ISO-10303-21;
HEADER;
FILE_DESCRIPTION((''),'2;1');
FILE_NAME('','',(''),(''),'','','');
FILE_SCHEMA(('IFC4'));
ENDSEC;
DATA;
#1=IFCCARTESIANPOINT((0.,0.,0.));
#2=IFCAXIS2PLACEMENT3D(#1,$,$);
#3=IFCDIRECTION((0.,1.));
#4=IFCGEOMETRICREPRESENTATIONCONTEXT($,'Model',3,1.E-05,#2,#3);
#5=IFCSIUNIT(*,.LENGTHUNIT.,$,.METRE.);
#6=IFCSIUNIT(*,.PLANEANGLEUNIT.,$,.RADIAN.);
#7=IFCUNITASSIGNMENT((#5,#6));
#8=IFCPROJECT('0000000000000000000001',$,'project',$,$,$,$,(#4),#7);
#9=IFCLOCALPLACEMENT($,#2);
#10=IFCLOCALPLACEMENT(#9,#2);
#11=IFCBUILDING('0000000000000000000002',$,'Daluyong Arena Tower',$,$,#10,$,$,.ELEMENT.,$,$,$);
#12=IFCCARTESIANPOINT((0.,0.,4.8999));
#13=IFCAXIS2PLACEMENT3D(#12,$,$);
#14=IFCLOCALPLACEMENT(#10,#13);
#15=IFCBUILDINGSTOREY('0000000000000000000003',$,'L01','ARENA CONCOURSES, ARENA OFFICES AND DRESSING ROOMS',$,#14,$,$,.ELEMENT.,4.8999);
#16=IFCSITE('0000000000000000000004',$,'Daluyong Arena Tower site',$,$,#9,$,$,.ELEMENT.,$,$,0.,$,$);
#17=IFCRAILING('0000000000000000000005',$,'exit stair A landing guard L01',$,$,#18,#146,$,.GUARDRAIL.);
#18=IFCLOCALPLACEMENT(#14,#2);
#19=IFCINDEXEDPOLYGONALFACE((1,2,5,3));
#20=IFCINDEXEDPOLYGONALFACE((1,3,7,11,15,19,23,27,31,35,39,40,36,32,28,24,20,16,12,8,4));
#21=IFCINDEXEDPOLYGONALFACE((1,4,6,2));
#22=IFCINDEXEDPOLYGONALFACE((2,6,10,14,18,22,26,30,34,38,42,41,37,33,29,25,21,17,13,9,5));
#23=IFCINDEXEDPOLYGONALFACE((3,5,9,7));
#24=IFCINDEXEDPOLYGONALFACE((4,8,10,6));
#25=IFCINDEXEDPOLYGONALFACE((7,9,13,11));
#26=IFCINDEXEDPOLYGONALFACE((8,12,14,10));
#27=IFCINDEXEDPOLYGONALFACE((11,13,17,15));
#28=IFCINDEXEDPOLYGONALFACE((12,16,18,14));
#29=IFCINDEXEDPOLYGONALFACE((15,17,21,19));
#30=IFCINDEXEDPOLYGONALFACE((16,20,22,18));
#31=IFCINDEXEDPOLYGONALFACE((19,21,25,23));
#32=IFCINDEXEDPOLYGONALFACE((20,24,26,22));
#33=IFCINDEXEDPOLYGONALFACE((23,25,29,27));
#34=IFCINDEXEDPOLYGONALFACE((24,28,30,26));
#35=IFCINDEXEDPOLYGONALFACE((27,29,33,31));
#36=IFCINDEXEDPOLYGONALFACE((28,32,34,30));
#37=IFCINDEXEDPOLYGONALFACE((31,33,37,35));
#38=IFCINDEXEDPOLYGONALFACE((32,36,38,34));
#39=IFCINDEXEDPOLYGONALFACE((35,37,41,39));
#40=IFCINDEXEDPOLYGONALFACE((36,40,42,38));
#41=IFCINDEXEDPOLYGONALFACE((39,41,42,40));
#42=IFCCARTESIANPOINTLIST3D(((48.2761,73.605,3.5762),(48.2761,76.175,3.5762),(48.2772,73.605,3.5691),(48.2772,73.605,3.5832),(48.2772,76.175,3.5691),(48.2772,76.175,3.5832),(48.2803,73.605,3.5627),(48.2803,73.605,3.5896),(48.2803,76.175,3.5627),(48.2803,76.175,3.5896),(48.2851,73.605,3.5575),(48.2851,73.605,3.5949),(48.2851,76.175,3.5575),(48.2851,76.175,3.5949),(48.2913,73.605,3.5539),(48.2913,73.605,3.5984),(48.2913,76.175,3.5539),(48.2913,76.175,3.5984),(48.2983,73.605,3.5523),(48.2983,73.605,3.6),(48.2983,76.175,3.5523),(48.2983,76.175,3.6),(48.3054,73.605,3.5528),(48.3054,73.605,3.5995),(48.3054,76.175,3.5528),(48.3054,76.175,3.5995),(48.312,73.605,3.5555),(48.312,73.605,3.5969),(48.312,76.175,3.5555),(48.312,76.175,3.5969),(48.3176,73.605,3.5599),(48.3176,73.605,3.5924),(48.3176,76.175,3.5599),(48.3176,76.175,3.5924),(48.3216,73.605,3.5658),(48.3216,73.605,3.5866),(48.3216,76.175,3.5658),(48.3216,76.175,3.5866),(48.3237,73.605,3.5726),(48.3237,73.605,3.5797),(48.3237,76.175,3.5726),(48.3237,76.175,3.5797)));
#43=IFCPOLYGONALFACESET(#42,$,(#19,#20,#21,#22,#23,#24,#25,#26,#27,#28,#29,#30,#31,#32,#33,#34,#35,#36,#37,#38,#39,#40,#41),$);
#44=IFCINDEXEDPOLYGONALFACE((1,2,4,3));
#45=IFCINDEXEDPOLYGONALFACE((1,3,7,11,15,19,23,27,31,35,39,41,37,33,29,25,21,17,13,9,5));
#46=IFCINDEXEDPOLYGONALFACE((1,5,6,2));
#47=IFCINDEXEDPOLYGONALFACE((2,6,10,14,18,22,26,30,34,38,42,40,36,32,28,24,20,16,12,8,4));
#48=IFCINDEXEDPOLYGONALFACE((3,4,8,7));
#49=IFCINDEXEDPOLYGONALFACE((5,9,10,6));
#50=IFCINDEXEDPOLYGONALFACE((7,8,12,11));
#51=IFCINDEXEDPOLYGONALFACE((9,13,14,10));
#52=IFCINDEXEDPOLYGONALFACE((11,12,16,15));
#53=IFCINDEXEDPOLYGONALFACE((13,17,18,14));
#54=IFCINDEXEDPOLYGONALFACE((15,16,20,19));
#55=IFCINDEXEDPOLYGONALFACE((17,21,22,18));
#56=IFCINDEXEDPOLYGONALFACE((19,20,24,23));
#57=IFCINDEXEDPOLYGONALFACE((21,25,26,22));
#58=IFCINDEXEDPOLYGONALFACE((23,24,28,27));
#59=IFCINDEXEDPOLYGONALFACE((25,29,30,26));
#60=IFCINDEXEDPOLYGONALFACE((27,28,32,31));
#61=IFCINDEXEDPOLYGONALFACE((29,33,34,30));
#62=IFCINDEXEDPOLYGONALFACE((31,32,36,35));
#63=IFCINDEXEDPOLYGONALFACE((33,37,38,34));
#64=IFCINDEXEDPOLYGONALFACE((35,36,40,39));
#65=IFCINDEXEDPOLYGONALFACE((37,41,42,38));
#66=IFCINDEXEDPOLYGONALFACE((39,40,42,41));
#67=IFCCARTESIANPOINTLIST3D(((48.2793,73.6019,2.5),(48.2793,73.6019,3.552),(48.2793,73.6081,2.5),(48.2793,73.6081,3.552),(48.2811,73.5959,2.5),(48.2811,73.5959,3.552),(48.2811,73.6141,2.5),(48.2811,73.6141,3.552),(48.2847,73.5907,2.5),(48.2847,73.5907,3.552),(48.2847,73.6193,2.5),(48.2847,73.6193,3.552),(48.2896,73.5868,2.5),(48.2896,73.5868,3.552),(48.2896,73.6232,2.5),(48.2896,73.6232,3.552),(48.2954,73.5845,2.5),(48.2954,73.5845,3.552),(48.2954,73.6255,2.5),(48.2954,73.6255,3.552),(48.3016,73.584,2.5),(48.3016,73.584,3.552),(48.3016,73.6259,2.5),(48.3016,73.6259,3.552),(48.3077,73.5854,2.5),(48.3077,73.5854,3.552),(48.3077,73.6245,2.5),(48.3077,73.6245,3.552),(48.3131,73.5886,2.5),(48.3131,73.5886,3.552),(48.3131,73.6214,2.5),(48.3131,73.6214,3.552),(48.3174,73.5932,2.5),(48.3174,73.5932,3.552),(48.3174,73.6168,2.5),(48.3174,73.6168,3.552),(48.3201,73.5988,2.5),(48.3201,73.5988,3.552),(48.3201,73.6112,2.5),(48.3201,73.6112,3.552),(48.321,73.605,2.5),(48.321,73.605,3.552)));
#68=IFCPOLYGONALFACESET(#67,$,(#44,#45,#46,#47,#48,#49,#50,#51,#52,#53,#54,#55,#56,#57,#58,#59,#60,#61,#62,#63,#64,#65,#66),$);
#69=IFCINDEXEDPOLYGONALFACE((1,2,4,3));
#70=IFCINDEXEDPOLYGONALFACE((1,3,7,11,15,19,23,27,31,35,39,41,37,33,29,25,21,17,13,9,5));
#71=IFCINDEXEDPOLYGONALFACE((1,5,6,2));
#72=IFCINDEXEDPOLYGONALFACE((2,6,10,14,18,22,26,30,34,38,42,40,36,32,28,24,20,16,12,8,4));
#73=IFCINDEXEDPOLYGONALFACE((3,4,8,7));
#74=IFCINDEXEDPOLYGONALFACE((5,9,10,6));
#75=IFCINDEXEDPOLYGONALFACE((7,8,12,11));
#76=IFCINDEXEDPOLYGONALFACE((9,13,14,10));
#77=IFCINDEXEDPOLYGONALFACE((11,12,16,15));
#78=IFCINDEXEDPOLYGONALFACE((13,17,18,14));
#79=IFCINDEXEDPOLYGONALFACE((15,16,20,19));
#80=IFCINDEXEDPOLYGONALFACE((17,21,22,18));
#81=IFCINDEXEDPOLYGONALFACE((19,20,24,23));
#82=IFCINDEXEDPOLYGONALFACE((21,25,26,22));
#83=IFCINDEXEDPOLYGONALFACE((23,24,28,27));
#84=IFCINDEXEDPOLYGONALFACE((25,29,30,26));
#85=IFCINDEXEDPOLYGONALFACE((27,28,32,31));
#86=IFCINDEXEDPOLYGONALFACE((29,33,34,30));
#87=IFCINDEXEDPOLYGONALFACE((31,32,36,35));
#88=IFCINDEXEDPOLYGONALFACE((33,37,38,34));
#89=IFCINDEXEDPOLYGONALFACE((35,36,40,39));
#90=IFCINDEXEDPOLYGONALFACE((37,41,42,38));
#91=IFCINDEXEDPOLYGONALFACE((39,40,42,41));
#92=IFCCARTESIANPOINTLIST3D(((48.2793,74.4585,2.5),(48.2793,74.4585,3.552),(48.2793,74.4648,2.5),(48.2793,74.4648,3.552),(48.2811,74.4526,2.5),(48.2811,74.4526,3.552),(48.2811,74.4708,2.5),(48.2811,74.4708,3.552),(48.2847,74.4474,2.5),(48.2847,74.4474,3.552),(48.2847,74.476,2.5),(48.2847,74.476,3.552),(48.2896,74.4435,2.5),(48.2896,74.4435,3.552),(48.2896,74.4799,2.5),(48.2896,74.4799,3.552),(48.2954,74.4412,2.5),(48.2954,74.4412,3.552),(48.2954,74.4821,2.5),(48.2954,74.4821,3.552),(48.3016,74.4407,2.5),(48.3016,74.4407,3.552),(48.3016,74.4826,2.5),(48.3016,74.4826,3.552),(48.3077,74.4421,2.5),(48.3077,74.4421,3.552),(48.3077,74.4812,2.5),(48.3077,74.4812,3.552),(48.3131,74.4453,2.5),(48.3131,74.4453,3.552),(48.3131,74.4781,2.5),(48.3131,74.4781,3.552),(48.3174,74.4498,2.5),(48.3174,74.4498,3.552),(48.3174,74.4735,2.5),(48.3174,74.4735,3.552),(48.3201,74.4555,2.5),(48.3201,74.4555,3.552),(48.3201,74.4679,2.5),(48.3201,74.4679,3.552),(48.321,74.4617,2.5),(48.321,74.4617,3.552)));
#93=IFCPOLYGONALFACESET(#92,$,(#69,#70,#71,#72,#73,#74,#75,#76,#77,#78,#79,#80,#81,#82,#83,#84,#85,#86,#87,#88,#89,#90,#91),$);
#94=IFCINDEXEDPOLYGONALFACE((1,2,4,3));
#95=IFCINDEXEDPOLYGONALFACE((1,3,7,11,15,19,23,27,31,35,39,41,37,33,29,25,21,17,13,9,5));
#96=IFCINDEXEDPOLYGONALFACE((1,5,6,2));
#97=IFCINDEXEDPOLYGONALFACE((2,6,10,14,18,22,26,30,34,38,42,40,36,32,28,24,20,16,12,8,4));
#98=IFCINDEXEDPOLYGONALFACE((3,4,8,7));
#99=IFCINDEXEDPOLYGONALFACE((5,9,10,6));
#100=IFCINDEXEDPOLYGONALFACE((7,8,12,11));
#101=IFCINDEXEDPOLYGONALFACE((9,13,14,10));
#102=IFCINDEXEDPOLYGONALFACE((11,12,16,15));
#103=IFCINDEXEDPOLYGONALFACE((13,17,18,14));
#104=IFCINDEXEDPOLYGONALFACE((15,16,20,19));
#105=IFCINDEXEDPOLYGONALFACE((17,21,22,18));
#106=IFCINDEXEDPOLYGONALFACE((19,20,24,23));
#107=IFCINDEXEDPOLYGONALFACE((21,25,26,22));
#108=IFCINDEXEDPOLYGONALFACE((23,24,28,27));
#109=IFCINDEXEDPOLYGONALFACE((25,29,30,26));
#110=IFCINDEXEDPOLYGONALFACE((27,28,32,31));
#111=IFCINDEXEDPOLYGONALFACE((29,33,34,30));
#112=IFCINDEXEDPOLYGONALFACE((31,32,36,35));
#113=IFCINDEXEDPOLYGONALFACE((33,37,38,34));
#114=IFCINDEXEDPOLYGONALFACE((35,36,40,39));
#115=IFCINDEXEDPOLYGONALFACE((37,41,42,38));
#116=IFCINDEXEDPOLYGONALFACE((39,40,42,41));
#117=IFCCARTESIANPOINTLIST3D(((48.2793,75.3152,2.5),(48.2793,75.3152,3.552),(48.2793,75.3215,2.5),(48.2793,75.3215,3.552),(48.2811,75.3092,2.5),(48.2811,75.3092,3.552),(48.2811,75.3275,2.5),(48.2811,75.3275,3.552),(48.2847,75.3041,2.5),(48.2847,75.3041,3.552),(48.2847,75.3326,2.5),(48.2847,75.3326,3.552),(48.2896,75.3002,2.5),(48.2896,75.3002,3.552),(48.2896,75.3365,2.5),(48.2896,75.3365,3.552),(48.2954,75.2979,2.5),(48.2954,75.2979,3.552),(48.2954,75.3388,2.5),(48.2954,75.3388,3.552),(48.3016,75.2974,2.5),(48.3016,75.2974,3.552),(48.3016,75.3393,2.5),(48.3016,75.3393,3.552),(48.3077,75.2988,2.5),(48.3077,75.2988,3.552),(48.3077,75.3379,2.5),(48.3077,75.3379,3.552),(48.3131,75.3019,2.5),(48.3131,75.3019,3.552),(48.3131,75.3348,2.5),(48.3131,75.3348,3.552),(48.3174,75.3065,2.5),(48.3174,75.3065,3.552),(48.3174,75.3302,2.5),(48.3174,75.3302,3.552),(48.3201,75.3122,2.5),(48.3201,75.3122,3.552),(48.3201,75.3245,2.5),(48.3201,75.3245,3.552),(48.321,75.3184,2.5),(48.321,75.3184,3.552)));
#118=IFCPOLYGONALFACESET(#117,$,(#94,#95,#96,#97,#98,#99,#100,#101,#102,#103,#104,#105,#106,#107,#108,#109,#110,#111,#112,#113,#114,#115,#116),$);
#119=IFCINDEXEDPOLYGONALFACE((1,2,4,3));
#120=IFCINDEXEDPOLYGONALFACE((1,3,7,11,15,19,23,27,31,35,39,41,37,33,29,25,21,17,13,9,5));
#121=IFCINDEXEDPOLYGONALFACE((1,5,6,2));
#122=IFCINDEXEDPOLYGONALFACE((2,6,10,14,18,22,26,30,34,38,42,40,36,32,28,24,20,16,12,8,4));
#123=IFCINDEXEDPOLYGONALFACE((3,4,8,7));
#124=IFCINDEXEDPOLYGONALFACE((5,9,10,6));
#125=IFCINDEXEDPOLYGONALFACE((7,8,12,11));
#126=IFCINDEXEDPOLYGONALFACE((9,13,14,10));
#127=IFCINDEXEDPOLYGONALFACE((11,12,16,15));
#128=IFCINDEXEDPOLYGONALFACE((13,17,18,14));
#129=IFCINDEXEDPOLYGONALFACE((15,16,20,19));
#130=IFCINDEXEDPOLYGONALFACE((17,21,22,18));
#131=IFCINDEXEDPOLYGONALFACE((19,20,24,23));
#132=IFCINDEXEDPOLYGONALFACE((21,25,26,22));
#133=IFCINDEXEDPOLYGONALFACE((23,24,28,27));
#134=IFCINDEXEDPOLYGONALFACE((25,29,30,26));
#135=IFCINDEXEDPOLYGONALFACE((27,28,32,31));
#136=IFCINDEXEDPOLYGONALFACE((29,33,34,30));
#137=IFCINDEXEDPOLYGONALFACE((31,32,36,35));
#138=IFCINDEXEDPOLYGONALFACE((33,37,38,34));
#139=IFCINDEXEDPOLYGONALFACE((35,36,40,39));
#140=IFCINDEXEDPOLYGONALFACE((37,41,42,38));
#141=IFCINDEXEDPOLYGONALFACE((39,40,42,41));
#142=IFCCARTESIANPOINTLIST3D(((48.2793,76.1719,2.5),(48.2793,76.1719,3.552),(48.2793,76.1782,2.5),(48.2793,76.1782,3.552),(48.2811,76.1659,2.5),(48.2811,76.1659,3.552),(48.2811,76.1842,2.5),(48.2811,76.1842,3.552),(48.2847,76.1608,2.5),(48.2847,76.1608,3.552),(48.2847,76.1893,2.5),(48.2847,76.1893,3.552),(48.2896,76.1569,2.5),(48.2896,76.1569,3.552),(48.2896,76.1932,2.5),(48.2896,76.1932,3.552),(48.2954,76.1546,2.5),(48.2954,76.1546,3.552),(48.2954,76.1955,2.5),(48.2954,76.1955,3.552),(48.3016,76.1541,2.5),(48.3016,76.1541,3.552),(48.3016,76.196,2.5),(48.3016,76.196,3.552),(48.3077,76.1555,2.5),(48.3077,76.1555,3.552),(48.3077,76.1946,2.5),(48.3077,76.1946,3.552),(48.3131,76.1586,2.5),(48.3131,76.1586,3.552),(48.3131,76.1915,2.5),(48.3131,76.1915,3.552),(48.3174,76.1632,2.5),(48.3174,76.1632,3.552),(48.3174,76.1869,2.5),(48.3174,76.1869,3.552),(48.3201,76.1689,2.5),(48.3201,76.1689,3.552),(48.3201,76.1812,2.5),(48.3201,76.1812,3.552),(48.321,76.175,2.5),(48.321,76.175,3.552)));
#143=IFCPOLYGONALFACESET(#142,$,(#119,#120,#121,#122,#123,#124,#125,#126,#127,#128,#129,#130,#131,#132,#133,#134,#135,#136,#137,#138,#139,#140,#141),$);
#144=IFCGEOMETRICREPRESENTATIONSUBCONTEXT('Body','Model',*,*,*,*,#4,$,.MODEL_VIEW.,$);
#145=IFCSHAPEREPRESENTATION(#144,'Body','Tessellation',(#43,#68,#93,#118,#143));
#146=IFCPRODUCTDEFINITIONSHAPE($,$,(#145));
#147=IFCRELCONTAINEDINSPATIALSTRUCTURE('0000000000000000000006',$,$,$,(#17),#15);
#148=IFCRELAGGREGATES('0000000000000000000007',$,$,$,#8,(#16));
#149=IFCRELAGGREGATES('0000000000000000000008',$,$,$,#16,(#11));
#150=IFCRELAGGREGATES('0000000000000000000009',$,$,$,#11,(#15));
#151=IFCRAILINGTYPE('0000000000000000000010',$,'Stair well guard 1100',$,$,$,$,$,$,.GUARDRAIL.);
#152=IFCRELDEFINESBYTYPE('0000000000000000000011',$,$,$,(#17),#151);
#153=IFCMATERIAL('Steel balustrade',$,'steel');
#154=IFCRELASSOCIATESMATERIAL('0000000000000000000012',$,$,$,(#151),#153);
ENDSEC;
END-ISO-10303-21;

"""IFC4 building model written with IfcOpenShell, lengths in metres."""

from ifc_helpers import new_model, si_unit, direction, frame, origin, origin_2d, place, context, subcontext, project, spatial, circle, extrude, material, type_object, element, save


model = new_model("IFC4")

# Units and contexts
model_context = context("Model", 3, precision=1e-05, world=origin(), true_north=direction((0.0, 1.0)))
body_context = subcontext(model_context, "Body", "Model", "MODEL_VIEW")
ifc_project = project(units=[si_unit("LENGTHUNIT", "METRE"), si_unit("PLANEANGLEUNIT", "RADIAN")], contexts=[model_context])

# Site, building, storey
site_placement = place(None, origin())
site = spatial("IfcSite", under=ifc_project, at=site_placement, Name="Daluyong Arena Tower site", CompositionType="ELEMENT", RefElevation=0.0)
building_placement = place(site_placement, origin())
building = spatial("IfcBuilding", under=site, at=building_placement, Name="Daluyong Arena Tower", CompositionType="ELEMENT")
storey_placement = place(building_placement, frame((0.0, 0.0, 4.8999)))
storey = spatial("IfcBuildingStorey", under=building, at=storey_placement, Name="L01", Description="ARENA CONCOURSES, ARENA OFFICES AND DRESSING ROOMS", CompositionType="ELEMENT", Elevation=4.8999)

# Railing
ifc_material_1 = material(Name="Steel balustrade", Category="steel")
railing_type_1 = type_object("IfcRailingType", Name="Stair well guard 1100", PredefinedType="GUARDRAIL", material=ifc_material_1)
railing_placement = place(storey_placement, frame((48.3, 73.605, 2.5)))
element("IfcRailing", 1, at=railing_placement, inside=storey, type_object=railing_type_1, Name="exit stair A landing guard L01", PredefinedType="GUARDRAIL", context=body_context, shape_type="SweptSolid", body=[
    extrude(circle(Radius=0.0239, at=origin_2d()), frame((0.0, 0.0, 1.0762), z_axis=(0.0, 1.0, 0.0), x_axis=(-1.0, 0.0, 0.0)), (0.0, 0.0, 1.0), 2.5701),
    extrude(circle(Radius=0.021, at=origin_2d()), origin(), (0.0, 0.0, 1.0), 1.052),
    extrude(circle(Radius=0.021, at=origin_2d()), frame((0.0, 0.8567, 0.0)), (0.0, 0.0, 1.0), 1.052),
    extrude(circle(Radius=0.021, at=origin_2d()), frame((0.0, 1.7134, 0.0)), (0.0, 0.0, 1.0), 1.052),
    extrude(circle(Radius=0.021, at=origin_2d()), frame((0.0, 2.5701, 0.0)), (0.0, 0.0, 1.0), 1.052),
])

save(model, "model.ifc")
